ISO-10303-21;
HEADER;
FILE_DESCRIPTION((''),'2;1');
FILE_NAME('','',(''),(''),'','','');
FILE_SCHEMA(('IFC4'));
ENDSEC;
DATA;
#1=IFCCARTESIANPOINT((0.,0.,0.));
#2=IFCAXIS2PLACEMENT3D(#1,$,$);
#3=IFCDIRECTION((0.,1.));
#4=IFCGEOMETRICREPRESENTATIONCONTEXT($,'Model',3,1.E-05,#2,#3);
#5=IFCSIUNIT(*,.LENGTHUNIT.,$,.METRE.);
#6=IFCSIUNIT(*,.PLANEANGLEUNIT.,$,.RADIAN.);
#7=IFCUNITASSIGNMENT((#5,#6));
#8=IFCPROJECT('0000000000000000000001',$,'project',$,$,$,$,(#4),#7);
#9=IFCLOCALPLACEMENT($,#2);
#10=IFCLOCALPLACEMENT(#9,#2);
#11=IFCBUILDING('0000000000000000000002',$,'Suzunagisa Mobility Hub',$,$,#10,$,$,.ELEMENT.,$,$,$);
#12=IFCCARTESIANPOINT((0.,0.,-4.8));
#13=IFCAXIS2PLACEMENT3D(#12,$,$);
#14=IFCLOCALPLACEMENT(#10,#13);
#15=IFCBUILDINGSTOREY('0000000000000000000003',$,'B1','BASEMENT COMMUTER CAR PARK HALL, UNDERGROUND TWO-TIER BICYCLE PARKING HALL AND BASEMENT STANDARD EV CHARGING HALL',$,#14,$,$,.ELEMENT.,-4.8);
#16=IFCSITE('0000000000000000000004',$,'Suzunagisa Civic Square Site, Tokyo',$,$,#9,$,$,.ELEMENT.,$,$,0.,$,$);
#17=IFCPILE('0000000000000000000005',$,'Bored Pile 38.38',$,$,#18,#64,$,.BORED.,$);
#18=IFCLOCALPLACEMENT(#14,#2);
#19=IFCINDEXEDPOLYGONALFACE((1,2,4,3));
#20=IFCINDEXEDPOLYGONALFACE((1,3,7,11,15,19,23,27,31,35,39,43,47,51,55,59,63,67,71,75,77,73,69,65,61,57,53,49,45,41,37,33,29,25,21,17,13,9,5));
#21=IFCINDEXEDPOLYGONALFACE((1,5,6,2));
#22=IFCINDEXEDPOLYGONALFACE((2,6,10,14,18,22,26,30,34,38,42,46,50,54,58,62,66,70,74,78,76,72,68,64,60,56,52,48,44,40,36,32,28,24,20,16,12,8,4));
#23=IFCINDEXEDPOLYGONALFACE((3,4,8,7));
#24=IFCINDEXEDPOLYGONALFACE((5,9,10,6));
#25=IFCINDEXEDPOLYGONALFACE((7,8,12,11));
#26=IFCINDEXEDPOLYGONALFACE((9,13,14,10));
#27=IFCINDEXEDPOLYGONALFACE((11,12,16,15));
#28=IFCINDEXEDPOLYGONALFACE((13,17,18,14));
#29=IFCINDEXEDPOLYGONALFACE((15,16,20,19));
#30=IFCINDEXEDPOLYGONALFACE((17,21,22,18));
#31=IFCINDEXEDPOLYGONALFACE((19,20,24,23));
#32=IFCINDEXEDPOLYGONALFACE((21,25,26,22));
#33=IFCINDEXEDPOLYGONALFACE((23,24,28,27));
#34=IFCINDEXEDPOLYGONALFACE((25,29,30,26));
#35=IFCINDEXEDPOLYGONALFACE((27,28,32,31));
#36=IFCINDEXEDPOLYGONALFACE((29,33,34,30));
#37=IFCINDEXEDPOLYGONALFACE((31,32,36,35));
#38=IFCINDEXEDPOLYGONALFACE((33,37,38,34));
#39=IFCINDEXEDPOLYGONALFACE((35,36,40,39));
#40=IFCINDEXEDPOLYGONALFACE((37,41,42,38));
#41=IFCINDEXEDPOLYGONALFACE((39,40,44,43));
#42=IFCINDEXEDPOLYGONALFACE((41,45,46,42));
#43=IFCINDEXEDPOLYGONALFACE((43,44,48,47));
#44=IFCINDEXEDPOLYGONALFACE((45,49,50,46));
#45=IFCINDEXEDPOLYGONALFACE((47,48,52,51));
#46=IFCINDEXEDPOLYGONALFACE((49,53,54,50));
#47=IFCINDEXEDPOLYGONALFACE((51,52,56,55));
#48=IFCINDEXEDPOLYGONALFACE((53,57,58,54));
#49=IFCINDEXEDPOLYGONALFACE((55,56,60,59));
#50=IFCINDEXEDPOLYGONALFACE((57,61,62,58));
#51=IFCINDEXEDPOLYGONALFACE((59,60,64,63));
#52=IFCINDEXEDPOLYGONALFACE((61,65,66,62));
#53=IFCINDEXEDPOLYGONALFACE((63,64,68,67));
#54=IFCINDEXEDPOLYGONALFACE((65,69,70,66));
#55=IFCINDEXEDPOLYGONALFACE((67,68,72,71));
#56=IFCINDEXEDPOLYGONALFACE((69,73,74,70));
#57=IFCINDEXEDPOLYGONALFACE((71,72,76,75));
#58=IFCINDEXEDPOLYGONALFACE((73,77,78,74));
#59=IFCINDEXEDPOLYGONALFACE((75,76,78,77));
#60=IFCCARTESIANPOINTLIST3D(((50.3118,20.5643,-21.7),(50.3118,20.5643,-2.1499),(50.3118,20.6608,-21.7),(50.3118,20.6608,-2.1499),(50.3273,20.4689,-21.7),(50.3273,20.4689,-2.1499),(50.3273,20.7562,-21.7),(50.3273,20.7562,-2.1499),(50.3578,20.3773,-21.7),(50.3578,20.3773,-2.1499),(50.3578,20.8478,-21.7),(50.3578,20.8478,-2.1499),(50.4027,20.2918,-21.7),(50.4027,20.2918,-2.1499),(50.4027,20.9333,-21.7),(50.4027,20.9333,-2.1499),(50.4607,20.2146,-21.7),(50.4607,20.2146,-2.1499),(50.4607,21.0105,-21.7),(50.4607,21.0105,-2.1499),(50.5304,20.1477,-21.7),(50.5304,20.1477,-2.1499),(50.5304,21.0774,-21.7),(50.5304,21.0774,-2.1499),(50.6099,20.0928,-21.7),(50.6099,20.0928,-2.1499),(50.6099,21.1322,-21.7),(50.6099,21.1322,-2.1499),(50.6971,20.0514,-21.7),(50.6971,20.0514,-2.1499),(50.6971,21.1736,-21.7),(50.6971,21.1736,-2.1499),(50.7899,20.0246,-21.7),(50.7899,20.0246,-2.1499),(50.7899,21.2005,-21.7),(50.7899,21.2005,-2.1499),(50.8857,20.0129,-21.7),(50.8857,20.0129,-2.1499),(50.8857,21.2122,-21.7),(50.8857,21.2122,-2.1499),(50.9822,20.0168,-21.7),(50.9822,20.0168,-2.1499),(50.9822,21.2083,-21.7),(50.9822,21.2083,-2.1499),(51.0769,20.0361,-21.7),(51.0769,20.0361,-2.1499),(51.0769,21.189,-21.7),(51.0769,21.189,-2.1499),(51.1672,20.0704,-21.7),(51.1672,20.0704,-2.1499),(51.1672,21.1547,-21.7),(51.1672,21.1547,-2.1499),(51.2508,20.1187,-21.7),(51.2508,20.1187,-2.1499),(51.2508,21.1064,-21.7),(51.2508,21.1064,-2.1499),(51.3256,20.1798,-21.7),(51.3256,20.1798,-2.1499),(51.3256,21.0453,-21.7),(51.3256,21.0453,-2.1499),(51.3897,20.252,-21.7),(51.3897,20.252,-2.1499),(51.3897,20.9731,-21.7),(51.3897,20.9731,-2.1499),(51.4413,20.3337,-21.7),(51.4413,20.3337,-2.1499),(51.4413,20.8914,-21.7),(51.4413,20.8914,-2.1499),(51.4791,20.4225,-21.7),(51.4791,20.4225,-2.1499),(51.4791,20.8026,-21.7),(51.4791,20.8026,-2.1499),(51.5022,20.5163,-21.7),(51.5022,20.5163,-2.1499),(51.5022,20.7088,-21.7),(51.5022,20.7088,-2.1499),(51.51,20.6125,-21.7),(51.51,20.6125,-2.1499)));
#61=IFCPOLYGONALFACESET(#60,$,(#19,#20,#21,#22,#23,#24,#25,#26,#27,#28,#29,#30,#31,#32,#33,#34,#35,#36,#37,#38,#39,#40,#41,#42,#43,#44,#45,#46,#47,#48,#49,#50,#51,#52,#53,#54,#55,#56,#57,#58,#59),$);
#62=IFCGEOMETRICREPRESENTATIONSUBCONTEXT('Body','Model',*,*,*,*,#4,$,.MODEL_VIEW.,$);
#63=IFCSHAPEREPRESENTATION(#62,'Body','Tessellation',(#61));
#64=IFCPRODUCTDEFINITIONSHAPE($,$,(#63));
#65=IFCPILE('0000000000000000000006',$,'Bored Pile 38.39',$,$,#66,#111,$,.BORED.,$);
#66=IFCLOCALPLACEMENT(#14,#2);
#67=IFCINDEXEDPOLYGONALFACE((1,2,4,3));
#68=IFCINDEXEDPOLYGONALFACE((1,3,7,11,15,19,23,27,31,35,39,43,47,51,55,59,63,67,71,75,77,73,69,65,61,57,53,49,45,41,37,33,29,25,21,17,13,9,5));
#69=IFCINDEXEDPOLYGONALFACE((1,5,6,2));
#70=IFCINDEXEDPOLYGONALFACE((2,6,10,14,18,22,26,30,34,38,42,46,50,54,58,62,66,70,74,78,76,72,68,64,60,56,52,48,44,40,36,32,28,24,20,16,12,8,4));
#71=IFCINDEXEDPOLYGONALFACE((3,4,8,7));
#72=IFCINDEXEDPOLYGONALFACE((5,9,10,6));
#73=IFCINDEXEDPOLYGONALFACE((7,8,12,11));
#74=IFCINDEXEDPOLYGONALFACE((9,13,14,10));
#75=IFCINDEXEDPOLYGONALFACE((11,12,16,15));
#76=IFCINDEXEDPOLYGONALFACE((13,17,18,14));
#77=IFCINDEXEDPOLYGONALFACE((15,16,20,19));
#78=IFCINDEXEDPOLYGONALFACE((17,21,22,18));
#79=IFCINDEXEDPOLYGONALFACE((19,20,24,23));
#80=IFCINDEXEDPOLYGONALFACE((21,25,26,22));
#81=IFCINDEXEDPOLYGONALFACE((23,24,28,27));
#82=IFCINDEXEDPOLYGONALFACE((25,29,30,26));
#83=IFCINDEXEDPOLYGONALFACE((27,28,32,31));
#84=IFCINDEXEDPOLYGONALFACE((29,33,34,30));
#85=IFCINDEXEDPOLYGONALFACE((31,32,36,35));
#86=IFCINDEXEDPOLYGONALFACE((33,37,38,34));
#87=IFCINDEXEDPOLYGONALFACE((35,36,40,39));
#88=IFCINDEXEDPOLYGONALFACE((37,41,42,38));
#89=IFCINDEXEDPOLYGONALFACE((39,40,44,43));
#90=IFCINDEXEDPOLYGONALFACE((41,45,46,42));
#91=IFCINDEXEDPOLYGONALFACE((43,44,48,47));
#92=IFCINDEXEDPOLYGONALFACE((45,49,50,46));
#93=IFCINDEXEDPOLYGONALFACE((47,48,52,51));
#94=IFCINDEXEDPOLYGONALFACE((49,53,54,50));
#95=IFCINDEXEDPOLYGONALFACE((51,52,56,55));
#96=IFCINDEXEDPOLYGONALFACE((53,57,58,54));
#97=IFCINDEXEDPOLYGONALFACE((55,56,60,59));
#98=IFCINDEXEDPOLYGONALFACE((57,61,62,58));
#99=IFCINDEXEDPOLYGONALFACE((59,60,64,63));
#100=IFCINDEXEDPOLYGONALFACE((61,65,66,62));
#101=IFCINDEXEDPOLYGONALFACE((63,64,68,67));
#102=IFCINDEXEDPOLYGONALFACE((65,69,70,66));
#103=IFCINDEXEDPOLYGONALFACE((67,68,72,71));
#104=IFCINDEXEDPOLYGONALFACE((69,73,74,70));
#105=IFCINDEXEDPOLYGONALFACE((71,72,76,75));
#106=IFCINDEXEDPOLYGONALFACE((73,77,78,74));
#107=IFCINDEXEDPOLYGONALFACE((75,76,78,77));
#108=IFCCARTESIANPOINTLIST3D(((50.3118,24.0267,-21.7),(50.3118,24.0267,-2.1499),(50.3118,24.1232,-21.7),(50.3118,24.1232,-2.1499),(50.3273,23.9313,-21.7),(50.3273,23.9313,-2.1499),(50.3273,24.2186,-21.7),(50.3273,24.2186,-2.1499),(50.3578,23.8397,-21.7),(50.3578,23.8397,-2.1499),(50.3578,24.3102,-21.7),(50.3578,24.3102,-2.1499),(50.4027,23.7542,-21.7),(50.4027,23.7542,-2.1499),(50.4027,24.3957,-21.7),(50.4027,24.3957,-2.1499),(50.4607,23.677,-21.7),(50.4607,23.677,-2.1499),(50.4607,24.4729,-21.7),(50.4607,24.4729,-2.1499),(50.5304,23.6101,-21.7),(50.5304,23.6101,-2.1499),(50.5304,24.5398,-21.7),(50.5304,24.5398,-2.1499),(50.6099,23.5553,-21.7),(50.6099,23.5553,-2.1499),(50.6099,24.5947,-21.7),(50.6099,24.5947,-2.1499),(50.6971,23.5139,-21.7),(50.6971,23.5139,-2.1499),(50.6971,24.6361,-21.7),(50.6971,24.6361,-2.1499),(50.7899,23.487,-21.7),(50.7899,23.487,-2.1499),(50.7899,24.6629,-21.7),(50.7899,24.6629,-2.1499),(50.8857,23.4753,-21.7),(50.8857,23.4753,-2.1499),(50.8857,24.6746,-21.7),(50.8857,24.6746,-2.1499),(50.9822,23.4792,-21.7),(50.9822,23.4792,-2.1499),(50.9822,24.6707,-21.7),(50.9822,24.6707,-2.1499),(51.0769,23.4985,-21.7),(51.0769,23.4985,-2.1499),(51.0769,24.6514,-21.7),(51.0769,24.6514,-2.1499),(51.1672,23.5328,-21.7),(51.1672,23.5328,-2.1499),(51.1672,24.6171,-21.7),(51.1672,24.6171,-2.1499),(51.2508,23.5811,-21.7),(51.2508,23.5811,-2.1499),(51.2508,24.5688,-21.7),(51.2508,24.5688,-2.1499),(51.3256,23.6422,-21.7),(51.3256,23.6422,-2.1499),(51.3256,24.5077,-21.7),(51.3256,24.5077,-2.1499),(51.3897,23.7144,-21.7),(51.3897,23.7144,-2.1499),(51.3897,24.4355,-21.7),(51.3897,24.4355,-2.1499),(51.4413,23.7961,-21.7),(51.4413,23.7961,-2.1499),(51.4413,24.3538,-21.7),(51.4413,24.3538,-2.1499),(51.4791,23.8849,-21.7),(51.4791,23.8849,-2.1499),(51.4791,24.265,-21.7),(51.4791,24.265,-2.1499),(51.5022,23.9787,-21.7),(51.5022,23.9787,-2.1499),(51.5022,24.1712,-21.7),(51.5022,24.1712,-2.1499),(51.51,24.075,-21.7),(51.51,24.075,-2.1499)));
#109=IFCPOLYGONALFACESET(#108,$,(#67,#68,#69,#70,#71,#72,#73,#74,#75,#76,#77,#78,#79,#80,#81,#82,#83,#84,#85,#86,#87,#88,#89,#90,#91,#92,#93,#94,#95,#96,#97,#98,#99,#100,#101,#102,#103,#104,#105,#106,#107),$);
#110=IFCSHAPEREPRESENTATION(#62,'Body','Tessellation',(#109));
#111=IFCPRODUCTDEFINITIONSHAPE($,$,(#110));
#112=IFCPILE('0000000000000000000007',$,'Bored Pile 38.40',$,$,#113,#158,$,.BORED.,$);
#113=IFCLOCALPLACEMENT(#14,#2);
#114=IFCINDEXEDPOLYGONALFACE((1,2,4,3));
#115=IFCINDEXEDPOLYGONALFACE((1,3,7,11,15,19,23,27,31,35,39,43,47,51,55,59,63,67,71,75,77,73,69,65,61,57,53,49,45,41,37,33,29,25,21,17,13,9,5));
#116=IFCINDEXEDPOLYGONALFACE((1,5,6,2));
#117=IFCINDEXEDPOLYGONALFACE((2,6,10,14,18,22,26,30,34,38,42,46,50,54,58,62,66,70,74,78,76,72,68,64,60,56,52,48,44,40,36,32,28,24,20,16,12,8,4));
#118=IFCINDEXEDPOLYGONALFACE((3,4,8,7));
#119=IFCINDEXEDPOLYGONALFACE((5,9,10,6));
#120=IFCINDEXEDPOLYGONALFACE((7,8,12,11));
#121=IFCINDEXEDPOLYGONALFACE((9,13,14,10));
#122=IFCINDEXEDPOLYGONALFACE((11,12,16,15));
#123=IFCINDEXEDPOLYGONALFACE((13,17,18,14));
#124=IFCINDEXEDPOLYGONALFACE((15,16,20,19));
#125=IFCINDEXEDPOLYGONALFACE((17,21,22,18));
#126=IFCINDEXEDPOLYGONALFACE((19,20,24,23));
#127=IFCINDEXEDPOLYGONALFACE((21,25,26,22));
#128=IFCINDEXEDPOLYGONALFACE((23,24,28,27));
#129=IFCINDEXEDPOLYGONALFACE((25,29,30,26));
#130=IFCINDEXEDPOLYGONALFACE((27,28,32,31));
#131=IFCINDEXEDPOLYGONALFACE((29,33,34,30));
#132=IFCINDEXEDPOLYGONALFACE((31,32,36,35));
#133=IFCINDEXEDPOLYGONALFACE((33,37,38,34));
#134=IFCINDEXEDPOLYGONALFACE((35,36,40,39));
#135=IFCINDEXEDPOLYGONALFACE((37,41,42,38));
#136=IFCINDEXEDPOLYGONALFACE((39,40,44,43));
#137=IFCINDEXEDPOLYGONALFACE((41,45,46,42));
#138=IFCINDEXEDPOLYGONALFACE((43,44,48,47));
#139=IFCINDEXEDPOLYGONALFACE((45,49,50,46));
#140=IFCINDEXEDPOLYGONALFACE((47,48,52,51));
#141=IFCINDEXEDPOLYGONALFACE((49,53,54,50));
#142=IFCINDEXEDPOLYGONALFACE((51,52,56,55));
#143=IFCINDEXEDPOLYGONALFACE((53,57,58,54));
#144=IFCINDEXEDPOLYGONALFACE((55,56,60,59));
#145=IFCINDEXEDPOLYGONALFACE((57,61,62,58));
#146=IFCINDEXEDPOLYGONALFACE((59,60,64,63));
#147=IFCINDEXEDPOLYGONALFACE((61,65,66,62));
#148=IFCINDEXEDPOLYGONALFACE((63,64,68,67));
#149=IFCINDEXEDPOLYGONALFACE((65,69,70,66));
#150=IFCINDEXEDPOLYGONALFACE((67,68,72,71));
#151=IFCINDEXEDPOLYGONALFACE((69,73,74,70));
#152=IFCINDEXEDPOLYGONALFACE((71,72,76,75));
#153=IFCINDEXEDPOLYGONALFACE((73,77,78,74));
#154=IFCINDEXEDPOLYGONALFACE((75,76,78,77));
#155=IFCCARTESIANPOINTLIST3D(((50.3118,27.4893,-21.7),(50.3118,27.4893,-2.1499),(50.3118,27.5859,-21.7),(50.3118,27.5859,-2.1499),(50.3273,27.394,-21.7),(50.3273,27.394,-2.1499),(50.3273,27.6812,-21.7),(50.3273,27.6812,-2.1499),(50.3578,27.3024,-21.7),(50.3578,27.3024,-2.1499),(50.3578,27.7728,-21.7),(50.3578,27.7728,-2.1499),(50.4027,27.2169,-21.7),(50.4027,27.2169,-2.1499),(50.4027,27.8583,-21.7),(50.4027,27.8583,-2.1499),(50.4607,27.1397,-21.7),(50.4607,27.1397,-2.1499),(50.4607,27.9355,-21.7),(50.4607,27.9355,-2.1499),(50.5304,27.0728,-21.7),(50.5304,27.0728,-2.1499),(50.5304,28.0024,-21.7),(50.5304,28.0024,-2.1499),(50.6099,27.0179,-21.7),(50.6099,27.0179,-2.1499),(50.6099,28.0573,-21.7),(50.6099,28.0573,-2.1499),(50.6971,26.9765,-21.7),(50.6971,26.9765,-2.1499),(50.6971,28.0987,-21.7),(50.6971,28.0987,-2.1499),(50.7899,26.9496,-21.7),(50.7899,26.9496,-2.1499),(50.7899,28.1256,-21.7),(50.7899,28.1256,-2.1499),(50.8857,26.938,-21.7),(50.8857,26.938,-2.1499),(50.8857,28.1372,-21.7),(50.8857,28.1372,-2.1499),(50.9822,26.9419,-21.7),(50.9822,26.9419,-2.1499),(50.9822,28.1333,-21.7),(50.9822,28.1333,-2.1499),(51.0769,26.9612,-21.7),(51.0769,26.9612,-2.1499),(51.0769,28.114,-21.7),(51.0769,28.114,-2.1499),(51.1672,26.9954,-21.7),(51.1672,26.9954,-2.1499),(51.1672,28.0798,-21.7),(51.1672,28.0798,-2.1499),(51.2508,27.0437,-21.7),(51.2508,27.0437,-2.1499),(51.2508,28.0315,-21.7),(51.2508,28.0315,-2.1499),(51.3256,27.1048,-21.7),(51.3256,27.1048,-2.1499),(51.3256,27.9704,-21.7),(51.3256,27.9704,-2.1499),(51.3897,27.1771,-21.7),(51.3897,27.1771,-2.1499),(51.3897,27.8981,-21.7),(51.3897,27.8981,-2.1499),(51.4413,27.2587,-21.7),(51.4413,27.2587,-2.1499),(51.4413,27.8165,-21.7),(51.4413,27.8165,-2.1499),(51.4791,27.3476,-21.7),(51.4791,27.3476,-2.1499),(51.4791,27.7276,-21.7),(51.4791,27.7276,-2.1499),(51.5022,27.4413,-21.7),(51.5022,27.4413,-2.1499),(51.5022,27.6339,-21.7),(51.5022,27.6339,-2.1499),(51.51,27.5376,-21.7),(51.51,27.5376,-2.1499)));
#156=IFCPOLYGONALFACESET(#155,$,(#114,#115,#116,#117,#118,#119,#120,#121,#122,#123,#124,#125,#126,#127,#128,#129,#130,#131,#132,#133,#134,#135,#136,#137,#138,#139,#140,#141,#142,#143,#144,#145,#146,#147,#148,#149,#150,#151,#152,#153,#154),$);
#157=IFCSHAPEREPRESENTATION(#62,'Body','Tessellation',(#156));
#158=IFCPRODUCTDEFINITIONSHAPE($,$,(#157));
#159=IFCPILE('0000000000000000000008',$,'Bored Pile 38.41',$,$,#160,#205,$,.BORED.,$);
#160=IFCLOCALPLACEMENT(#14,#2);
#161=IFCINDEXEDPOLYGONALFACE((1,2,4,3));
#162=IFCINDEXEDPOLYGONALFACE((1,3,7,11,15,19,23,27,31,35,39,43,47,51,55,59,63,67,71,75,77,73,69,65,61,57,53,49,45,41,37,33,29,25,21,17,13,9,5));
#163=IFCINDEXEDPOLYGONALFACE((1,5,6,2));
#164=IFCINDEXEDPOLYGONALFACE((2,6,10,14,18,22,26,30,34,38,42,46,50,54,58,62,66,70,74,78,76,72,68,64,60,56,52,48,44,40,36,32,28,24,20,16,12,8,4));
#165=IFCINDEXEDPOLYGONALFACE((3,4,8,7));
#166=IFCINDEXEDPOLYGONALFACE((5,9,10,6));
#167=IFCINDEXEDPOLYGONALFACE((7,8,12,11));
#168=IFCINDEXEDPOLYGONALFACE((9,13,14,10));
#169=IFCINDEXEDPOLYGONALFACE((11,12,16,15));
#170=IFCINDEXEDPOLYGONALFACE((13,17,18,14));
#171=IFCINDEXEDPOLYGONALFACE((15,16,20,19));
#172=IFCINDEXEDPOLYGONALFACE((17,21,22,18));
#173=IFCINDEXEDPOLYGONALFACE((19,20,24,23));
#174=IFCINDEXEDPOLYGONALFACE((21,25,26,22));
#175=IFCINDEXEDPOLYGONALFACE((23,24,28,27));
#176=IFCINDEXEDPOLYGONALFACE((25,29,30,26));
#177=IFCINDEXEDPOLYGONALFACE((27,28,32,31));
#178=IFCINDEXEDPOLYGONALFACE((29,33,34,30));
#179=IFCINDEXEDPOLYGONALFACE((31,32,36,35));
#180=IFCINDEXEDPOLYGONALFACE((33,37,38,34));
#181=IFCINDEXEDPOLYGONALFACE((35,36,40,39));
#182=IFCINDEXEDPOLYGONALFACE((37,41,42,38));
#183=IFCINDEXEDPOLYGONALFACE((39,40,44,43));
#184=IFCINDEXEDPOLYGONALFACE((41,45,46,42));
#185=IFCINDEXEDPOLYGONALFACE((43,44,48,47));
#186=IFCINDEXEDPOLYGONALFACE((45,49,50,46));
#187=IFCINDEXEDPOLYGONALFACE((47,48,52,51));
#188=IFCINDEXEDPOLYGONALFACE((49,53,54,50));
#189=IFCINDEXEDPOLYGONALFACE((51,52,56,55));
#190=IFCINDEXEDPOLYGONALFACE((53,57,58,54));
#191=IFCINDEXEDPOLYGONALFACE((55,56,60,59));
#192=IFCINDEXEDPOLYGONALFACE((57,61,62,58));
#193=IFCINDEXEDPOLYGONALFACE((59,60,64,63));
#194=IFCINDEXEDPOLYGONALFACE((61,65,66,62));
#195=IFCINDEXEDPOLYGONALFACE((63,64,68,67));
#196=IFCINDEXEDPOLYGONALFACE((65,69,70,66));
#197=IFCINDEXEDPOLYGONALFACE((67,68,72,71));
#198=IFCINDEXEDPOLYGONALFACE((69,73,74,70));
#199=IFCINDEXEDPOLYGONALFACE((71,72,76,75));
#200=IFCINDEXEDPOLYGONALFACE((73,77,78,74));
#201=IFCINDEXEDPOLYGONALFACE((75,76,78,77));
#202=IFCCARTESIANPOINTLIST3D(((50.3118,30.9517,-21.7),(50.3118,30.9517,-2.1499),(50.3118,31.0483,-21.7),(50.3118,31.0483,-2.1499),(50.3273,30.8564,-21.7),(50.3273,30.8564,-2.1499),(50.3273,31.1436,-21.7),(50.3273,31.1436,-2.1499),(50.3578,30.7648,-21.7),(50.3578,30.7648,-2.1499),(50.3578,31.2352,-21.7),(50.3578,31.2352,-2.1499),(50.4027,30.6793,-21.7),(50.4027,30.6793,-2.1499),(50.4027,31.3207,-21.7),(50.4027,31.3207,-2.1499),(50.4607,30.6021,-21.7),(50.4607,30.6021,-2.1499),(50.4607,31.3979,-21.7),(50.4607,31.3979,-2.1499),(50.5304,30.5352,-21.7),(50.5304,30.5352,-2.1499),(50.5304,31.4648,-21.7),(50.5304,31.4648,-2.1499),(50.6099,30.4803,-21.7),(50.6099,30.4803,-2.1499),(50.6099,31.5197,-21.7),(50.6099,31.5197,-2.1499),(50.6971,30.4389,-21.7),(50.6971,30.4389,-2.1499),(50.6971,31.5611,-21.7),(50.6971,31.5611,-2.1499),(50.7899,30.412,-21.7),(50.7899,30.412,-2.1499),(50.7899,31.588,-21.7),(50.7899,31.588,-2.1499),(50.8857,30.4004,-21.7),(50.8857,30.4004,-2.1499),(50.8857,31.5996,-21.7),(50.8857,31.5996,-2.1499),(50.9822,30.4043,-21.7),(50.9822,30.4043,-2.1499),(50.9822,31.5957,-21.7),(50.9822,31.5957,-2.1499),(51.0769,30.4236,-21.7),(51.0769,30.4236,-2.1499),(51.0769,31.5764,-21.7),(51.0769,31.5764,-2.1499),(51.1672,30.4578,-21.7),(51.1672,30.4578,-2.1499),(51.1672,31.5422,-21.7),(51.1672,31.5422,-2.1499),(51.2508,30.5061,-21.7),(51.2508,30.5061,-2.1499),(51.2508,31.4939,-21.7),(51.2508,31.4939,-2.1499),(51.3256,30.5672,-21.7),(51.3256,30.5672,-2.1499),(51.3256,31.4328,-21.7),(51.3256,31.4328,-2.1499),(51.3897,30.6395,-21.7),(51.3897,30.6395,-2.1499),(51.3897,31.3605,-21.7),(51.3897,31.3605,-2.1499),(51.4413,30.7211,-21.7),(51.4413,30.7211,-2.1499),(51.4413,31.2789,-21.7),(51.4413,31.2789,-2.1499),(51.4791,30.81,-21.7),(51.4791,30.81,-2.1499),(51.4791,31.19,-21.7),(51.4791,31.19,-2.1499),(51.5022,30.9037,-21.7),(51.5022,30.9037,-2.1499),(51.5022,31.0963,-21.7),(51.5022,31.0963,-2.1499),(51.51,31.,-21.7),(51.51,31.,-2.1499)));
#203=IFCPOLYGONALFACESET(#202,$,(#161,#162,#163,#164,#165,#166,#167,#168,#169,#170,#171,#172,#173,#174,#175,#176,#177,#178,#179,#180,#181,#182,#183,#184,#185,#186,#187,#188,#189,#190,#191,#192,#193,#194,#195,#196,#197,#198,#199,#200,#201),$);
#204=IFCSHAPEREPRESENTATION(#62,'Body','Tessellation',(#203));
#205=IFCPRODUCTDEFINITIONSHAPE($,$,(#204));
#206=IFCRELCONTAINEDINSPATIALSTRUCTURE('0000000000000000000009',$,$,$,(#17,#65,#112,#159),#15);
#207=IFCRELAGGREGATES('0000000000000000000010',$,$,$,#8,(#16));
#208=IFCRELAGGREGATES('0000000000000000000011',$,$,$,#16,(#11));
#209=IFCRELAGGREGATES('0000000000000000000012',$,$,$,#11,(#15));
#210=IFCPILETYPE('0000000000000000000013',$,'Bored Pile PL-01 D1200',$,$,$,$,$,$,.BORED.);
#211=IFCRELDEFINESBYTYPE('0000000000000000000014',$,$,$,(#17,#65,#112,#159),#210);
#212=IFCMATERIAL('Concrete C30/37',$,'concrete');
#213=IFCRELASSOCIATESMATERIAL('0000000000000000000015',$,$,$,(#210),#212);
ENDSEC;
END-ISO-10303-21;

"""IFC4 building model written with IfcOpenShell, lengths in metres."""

from ifc_helpers import new_model, si_unit, direction, frame, origin, origin_2d, place, context, subcontext, project, spatial, circle, extrude, material, material_profile, profile_set, type_object, element, save


model = new_model("IFC4")

# Units and contexts
model_context = context("Model", 3, precision=1e-05, world=origin(), true_north=direction((0.0, 1.0)))
body_context = subcontext(model_context, "Body", "Model", "MODEL_VIEW")
ifc_project = project(units=[si_unit("LENGTHUNIT", "METRE"), si_unit("PLANEANGLEUNIT", "RADIAN")], contexts=[model_context])

# Site, building, storey
site_placement = place(None, origin())
site = spatial("IfcSite", under=ifc_project, at=site_placement, Name="Suzunagisa Civic Square Site, Tokyo", CompositionType="ELEMENT", RefElevation=0.0)
building_placement = place(site_placement, origin())
building = spatial("IfcBuilding", under=site, at=building_placement, Name="Suzunagisa Mobility Hub", CompositionType="ELEMENT")
storey_placement = place(building_placement, frame((0.0, 0.0, -4.8)))
storey = spatial("IfcBuildingStorey", under=building, at=storey_placement, Name="B1", Description="BASEMENT COMMUTER CAR PARK HALL, UNDERGROUND TWO-TIER BICYCLE PARKING HALL AND BASEMENT STANDARD EV CHARGING HALL", CompositionType="ELEMENT", Elevation=-4.8)

# Piles
ifc_material_1 = material(Name="Concrete C30/37", Category="concrete")
ifc_material_profile_1 = material_profile(ifc_material_1, circle(Radius=0.6001, at=origin_2d()), Name="BORED PILE D1200")
ifc_profile_set_1 = profile_set([ifc_material_profile_1], Name="Concrete C30/37")
pile_type = type_object("IfcPileType", Name="Bored Pile PL-01 D1200", PredefinedType="BORED", material=ifc_profile_set_1)
for number, where, z_axis, x_axis, name in (
    (1, (50.9099, 20.6125, -2.1499), (0.0, 0.0, -1.0), (1.0, 0.0, 0.0), "Bored Pile 38.38"),
    (2, (50.9099, 24.075, -2.1499), (0.0, 0.0, -1.0), (1.0, 0.0, 0.0), "Bored Pile 38.39"),
    (3, (50.9099, 27.5376, -2.1499), (0.0, 0.0, -1.0), (1.0, 0.0, 0.0), "Bored Pile 38.40"),
    (4, (50.9099, 31.0, -2.1499), (0.0, 0.0, -1.0), (1.0, 0.0, 0.0), "Bored Pile 38.41"),
):
    element("IfcPile", number, at=place(storey_placement, frame(where, z_axis=z_axis, x_axis=x_axis)), inside=storey, type_object=pile_type, Name=name, PredefinedType="BORED", context=body_context, shape_type="SweptSolid", body=[
        extrude(circle(Radius=0.6001, at=origin_2d()), origin(), (0.0, 0.0, 1.0), 19.55),
    ])

save(model, "model.ifc")
